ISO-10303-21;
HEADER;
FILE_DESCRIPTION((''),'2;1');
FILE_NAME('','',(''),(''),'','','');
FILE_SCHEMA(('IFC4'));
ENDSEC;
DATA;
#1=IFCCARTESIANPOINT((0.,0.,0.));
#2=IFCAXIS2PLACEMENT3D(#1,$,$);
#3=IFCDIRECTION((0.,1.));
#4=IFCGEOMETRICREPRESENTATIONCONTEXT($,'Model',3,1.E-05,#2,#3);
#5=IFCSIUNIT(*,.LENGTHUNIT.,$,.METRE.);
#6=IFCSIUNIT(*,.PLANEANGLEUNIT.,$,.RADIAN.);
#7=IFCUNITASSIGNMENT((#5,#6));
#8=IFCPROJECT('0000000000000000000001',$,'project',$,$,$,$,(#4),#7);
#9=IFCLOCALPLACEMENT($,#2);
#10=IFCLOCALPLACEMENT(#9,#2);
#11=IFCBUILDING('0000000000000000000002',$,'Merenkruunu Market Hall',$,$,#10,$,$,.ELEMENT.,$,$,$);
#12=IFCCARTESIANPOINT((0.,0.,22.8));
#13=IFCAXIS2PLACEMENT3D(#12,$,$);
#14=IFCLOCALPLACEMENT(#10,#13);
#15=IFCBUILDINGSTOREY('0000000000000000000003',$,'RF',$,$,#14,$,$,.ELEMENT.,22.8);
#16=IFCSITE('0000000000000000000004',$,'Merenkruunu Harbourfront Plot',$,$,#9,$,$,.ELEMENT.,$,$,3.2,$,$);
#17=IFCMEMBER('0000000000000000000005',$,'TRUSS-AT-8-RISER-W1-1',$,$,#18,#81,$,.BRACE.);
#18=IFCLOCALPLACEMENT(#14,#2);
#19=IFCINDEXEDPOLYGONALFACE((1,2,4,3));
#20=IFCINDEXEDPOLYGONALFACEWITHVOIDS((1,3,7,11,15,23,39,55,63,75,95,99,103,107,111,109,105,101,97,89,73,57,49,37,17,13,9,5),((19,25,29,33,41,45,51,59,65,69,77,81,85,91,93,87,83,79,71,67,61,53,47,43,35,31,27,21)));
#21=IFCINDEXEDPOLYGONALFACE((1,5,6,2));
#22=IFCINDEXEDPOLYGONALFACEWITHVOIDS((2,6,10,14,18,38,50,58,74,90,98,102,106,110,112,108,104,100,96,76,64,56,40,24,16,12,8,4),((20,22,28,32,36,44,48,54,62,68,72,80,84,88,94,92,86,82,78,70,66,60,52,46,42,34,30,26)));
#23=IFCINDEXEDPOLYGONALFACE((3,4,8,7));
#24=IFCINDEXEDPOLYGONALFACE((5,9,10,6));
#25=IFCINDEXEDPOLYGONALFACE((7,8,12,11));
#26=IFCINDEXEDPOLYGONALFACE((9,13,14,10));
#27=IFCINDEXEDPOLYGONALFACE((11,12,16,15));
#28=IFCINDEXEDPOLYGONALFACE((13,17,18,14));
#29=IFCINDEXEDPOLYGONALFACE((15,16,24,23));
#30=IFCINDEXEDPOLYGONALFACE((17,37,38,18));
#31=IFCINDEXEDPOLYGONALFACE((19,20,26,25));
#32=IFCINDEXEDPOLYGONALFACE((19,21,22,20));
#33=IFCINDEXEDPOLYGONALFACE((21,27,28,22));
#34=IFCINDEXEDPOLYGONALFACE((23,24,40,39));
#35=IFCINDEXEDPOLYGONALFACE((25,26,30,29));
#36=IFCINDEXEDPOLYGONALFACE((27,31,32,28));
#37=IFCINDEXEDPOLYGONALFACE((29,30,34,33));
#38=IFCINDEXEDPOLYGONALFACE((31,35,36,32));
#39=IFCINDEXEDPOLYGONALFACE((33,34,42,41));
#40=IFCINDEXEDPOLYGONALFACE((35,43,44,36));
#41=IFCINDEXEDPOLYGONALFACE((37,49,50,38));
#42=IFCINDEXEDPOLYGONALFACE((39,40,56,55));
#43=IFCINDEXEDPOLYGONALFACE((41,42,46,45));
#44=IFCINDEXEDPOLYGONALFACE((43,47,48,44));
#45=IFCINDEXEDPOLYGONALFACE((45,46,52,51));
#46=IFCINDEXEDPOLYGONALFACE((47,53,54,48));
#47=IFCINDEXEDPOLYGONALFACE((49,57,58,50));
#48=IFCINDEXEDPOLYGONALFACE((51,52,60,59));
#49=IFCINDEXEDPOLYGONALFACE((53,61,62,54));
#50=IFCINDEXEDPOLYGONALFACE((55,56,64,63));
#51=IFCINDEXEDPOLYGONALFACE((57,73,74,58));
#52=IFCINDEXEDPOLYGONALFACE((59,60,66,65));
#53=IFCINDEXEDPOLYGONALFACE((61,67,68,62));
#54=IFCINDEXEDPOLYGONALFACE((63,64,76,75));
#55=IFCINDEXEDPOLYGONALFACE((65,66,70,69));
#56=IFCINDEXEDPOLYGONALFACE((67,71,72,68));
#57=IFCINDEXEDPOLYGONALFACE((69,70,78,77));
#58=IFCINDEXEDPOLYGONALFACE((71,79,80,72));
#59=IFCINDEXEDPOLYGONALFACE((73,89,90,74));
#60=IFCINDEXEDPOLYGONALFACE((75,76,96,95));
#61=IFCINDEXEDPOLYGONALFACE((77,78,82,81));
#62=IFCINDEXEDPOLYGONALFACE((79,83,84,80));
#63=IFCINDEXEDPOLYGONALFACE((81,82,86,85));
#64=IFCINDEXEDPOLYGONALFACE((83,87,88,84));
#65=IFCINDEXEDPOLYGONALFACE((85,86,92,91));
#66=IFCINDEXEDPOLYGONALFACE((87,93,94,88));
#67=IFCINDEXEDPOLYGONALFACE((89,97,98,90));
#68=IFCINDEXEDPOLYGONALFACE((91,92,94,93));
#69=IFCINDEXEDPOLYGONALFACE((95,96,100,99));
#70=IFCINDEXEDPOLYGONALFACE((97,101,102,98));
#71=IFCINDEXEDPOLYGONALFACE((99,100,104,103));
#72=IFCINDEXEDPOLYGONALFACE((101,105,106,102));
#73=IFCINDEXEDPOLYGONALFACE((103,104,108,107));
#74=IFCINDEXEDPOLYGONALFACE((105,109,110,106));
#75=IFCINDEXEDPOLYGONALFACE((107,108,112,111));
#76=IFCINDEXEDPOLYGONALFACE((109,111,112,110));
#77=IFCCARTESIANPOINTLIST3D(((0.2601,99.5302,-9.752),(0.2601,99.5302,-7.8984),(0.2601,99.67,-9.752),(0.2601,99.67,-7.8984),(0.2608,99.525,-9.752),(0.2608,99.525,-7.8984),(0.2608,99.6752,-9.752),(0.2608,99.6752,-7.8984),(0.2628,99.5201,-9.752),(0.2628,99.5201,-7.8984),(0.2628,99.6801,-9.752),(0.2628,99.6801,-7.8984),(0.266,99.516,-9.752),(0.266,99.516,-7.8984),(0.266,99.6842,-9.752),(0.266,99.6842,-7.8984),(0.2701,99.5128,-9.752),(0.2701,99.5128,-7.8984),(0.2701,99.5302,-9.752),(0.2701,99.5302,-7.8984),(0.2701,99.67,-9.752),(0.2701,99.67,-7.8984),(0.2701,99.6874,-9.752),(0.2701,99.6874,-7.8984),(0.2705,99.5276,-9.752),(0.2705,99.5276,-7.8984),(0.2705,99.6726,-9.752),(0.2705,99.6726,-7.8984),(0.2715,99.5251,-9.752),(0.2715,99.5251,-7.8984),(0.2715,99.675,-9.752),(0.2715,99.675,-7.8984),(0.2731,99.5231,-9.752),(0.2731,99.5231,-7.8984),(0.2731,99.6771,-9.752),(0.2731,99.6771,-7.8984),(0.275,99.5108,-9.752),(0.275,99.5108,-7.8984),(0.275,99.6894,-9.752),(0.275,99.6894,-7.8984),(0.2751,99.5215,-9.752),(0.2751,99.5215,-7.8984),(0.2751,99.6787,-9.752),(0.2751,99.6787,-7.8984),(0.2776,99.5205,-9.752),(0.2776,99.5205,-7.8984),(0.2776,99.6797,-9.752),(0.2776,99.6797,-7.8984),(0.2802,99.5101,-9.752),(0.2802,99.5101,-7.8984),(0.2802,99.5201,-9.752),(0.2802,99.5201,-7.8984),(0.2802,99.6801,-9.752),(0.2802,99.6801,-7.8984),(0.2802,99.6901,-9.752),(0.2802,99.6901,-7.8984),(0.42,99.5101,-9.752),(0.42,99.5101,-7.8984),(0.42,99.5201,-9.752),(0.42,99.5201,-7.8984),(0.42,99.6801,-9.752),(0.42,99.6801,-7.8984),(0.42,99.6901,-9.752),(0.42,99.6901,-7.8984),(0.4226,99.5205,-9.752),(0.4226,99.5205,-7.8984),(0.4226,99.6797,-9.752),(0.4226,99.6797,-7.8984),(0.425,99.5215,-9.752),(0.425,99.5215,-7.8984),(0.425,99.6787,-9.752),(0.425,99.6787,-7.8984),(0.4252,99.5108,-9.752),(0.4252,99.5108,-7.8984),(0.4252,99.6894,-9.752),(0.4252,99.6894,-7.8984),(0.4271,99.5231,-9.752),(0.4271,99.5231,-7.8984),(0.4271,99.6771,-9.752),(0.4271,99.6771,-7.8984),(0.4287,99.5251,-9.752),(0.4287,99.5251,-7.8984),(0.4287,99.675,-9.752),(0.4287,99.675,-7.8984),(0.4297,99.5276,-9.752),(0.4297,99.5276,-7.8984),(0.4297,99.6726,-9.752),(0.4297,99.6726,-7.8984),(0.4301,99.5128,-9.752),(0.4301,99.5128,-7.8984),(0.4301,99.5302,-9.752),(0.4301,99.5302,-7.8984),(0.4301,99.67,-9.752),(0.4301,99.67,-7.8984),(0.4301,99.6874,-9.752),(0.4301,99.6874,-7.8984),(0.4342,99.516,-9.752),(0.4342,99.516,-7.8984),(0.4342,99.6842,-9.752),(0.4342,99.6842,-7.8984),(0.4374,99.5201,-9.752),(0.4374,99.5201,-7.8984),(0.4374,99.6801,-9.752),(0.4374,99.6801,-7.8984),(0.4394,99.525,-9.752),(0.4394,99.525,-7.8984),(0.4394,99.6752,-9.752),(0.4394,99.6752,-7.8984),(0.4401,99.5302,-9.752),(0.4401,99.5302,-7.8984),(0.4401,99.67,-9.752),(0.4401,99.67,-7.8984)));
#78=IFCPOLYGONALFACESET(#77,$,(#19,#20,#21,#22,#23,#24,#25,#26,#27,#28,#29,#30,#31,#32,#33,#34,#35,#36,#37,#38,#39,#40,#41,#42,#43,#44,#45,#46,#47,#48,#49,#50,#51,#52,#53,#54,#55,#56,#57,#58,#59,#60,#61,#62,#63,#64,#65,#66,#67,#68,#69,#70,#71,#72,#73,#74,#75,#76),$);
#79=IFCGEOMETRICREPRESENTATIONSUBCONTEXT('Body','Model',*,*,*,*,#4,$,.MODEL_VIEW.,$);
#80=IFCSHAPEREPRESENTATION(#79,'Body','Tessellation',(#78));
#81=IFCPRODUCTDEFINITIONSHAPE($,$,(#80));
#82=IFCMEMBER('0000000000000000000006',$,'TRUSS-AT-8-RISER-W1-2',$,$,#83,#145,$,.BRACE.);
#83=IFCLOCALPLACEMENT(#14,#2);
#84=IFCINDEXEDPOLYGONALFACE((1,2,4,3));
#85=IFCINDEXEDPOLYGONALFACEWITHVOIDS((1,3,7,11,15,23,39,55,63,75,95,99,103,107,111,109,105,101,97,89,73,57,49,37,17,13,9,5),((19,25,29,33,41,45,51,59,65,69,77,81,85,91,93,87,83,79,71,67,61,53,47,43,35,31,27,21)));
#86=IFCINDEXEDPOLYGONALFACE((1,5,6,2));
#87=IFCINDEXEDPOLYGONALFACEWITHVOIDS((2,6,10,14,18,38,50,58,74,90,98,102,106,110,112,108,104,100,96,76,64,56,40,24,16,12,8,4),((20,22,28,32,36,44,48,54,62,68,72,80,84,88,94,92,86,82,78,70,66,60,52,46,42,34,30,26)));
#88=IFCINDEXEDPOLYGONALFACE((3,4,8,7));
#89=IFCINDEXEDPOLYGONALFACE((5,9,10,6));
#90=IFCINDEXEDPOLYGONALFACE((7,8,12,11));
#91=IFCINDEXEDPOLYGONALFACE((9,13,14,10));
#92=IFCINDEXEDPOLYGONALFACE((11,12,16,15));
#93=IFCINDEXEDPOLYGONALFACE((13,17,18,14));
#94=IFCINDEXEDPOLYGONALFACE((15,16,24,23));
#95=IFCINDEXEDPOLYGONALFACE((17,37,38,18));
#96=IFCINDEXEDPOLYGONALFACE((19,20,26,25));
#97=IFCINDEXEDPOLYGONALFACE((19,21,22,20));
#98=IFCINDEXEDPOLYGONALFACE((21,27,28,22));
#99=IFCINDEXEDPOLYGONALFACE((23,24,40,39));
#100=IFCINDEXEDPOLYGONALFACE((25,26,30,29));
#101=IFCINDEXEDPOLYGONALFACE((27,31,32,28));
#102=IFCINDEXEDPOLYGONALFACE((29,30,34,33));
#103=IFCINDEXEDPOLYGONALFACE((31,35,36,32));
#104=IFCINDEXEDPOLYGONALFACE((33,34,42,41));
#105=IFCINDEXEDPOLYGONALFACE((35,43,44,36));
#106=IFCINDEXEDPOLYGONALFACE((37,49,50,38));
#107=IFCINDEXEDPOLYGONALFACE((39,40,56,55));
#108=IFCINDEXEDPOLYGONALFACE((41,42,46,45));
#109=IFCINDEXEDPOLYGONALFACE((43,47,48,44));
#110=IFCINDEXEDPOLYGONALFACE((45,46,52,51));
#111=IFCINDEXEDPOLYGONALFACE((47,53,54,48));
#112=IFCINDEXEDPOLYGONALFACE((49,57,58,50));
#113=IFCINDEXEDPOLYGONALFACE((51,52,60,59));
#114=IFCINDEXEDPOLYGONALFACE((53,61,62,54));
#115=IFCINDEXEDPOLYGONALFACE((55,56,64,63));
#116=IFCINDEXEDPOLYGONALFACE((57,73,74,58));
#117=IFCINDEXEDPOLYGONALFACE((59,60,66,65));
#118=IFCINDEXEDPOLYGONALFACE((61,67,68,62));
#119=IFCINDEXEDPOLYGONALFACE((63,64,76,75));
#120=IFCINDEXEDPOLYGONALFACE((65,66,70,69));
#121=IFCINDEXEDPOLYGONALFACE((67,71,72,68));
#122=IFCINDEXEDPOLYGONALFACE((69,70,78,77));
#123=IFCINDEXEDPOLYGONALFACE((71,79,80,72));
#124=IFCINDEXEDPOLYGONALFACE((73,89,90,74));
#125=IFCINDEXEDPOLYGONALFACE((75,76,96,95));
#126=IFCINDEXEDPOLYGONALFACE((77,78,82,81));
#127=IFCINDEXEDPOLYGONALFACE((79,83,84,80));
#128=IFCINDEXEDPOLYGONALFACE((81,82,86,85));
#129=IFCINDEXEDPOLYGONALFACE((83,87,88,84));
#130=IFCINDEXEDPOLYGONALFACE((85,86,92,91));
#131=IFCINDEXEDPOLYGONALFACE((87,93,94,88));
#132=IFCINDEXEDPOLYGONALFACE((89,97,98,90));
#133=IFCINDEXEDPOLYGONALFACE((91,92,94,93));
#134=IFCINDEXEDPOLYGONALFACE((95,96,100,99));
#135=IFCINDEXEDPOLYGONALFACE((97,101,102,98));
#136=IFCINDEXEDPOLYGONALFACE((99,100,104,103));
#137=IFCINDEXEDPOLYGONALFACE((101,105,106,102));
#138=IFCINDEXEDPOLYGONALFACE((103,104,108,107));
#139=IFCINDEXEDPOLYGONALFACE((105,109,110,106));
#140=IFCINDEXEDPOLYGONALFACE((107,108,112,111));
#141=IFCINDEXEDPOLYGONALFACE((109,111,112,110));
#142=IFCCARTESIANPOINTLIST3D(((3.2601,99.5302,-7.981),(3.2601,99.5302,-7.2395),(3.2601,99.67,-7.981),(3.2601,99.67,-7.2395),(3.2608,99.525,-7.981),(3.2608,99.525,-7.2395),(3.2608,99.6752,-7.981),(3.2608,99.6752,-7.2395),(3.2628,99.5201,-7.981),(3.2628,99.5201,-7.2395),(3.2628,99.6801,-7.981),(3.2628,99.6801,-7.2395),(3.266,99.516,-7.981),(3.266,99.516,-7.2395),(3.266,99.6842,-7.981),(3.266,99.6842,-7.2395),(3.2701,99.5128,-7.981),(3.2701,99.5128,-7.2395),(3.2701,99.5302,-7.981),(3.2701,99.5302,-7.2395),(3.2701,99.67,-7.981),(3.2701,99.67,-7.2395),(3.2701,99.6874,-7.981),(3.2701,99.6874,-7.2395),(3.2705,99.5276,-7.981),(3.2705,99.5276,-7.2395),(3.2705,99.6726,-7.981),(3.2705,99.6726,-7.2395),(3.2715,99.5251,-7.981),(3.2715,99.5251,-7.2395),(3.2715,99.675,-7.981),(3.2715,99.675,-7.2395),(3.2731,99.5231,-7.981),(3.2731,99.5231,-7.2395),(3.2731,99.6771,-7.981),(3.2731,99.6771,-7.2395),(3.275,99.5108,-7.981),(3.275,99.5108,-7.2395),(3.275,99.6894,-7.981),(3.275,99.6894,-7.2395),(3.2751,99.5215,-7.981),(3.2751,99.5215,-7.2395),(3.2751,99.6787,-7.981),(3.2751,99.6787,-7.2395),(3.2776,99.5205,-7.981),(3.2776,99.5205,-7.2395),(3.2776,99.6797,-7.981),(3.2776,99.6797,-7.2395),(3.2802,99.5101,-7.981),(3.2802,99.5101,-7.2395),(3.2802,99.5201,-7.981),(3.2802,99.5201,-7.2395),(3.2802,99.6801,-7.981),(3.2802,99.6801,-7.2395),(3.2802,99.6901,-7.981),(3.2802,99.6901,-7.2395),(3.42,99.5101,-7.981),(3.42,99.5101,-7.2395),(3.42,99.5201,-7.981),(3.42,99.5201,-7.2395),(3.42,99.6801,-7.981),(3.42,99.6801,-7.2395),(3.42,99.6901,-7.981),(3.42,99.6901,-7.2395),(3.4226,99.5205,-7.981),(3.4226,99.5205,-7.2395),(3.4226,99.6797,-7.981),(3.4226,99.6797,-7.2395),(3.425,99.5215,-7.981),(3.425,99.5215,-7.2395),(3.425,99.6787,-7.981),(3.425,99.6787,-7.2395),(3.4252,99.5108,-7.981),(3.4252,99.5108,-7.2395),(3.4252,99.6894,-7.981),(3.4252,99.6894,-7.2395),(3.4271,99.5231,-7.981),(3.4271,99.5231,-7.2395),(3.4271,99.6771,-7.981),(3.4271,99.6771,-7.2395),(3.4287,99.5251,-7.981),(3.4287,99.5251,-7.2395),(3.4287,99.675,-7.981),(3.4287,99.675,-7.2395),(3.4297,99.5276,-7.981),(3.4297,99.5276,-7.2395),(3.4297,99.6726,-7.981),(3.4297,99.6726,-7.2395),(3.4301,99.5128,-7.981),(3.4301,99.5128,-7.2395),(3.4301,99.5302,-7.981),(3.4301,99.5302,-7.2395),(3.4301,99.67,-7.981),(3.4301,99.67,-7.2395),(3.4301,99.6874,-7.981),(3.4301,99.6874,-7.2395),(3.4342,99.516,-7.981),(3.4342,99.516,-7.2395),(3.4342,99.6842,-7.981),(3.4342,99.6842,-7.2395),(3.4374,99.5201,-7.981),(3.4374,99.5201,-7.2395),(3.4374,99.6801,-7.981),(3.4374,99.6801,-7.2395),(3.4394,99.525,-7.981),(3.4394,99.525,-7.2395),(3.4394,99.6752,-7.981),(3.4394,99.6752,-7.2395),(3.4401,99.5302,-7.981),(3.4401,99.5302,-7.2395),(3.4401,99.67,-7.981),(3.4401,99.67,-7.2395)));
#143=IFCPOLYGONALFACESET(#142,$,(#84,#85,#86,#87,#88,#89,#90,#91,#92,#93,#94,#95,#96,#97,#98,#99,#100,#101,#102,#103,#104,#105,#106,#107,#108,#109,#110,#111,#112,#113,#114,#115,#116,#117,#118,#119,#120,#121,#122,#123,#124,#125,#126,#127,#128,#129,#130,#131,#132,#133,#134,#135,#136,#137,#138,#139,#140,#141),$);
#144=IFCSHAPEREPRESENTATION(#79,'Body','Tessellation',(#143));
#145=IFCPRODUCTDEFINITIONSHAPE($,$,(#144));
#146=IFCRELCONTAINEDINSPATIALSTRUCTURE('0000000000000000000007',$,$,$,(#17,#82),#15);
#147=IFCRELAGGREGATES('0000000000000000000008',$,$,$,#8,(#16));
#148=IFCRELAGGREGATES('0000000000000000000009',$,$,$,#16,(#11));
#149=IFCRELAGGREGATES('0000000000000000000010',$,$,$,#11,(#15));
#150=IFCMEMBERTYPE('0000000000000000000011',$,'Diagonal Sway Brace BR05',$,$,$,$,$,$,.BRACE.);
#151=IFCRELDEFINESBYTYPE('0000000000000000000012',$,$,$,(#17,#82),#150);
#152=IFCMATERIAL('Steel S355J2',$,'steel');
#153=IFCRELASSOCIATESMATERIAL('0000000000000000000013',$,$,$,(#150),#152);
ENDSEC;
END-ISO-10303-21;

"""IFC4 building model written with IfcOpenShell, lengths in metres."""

from ifc_helpers import new_model, si_unit, direction, frame, origin, origin_2d, place, context, subcontext, project, spatial, hollow_rectangle, extrude, material, material_profile, profile_set, type_object, element, save


model = new_model("IFC4")

# Units and contexts
model_context = context("Model", 3, precision=1e-05, world=origin(), true_north=direction((0.0, 1.0)))
body_context = subcontext(model_context, "Body", "Model", "MODEL_VIEW")
ifc_project = project(units=[si_unit("LENGTHUNIT", "METRE"), si_unit("PLANEANGLEUNIT", "RADIAN")], contexts=[model_context])

# Site, building, storey
site_placement = place(None, origin())
site = spatial("IfcSite", under=ifc_project, at=site_placement, Name="Merenkruunu Harbourfront Plot", CompositionType="ELEMENT", RefElevation=3.2)
building_placement = place(site_placement, origin())
building = spatial("IfcBuilding", under=site, at=building_placement, Name="Merenkruunu Market Hall", CompositionType="ELEMENT")
storey_placement = place(building_placement, frame((0.0, 0.0, 22.8)))
storey = spatial("IfcBuildingStorey", under=building, at=storey_placement, Name="RF", CompositionType="ELEMENT", Elevation=22.8)

# Members
ifc_material_1 = material(Name="Steel S355J2", Category="steel")
ifc_material_profile_1 = material_profile(ifc_material_1, hollow_rectangle(XDim=0.1799, YDim=0.1799, WallThickness=0.01, InnerFilletRadius=0.01, OuterFilletRadius=0.02, at=origin_2d()), Name="SHS 180x180x10")
ifc_profile_set_1 = profile_set([ifc_material_profile_1], Name="Steel S355J2")
member_type_1 = type_object("IfcMemberType", Name="Diagonal Sway Brace BR05", PredefinedType="BRACE", material=ifc_profile_set_1)
member_1_placement = place(storey_placement, frame((0.3501, 99.6001, -9.752), z_axis=(0.0, 0.0, 1.0), x_axis=(1.0, 0.0, 0.0)))
element("IfcMember", 1, at=member_1_placement, inside=storey, type_object=member_type_1, Name="TRUSS-AT-8-RISER-W1-1", PredefinedType="BRACE", context=body_context, shape_type="SweptSolid", body=[
    extrude(hollow_rectangle(XDim=0.1799, YDim=0.1799, WallThickness=0.01, InnerFilletRadius=0.01, OuterFilletRadius=0.02, at=origin_2d()), origin(), (0.0, 0.0, 1.0), 1.8535),
])
member_2_placement = place(storey_placement, frame((3.3501, 99.6001, -7.981), z_axis=(0.0, 0.0, 1.0), x_axis=(1.0, 0.0, 0.0)))
element("IfcMember", 2, at=member_2_placement, inside=storey, type_object=member_type_1, Name="TRUSS-AT-8-RISER-W1-2", PredefinedType="BRACE", context=body_context, shape_type="SweptSolid", body=[
    extrude(hollow_rectangle(XDim=0.1799, YDim=0.1799, WallThickness=0.01, InnerFilletRadius=0.01, OuterFilletRadius=0.02, at=origin_2d()), origin(), (0.0, 0.0, 1.0), 0.7415),
])

save(model, "model.ifc")
